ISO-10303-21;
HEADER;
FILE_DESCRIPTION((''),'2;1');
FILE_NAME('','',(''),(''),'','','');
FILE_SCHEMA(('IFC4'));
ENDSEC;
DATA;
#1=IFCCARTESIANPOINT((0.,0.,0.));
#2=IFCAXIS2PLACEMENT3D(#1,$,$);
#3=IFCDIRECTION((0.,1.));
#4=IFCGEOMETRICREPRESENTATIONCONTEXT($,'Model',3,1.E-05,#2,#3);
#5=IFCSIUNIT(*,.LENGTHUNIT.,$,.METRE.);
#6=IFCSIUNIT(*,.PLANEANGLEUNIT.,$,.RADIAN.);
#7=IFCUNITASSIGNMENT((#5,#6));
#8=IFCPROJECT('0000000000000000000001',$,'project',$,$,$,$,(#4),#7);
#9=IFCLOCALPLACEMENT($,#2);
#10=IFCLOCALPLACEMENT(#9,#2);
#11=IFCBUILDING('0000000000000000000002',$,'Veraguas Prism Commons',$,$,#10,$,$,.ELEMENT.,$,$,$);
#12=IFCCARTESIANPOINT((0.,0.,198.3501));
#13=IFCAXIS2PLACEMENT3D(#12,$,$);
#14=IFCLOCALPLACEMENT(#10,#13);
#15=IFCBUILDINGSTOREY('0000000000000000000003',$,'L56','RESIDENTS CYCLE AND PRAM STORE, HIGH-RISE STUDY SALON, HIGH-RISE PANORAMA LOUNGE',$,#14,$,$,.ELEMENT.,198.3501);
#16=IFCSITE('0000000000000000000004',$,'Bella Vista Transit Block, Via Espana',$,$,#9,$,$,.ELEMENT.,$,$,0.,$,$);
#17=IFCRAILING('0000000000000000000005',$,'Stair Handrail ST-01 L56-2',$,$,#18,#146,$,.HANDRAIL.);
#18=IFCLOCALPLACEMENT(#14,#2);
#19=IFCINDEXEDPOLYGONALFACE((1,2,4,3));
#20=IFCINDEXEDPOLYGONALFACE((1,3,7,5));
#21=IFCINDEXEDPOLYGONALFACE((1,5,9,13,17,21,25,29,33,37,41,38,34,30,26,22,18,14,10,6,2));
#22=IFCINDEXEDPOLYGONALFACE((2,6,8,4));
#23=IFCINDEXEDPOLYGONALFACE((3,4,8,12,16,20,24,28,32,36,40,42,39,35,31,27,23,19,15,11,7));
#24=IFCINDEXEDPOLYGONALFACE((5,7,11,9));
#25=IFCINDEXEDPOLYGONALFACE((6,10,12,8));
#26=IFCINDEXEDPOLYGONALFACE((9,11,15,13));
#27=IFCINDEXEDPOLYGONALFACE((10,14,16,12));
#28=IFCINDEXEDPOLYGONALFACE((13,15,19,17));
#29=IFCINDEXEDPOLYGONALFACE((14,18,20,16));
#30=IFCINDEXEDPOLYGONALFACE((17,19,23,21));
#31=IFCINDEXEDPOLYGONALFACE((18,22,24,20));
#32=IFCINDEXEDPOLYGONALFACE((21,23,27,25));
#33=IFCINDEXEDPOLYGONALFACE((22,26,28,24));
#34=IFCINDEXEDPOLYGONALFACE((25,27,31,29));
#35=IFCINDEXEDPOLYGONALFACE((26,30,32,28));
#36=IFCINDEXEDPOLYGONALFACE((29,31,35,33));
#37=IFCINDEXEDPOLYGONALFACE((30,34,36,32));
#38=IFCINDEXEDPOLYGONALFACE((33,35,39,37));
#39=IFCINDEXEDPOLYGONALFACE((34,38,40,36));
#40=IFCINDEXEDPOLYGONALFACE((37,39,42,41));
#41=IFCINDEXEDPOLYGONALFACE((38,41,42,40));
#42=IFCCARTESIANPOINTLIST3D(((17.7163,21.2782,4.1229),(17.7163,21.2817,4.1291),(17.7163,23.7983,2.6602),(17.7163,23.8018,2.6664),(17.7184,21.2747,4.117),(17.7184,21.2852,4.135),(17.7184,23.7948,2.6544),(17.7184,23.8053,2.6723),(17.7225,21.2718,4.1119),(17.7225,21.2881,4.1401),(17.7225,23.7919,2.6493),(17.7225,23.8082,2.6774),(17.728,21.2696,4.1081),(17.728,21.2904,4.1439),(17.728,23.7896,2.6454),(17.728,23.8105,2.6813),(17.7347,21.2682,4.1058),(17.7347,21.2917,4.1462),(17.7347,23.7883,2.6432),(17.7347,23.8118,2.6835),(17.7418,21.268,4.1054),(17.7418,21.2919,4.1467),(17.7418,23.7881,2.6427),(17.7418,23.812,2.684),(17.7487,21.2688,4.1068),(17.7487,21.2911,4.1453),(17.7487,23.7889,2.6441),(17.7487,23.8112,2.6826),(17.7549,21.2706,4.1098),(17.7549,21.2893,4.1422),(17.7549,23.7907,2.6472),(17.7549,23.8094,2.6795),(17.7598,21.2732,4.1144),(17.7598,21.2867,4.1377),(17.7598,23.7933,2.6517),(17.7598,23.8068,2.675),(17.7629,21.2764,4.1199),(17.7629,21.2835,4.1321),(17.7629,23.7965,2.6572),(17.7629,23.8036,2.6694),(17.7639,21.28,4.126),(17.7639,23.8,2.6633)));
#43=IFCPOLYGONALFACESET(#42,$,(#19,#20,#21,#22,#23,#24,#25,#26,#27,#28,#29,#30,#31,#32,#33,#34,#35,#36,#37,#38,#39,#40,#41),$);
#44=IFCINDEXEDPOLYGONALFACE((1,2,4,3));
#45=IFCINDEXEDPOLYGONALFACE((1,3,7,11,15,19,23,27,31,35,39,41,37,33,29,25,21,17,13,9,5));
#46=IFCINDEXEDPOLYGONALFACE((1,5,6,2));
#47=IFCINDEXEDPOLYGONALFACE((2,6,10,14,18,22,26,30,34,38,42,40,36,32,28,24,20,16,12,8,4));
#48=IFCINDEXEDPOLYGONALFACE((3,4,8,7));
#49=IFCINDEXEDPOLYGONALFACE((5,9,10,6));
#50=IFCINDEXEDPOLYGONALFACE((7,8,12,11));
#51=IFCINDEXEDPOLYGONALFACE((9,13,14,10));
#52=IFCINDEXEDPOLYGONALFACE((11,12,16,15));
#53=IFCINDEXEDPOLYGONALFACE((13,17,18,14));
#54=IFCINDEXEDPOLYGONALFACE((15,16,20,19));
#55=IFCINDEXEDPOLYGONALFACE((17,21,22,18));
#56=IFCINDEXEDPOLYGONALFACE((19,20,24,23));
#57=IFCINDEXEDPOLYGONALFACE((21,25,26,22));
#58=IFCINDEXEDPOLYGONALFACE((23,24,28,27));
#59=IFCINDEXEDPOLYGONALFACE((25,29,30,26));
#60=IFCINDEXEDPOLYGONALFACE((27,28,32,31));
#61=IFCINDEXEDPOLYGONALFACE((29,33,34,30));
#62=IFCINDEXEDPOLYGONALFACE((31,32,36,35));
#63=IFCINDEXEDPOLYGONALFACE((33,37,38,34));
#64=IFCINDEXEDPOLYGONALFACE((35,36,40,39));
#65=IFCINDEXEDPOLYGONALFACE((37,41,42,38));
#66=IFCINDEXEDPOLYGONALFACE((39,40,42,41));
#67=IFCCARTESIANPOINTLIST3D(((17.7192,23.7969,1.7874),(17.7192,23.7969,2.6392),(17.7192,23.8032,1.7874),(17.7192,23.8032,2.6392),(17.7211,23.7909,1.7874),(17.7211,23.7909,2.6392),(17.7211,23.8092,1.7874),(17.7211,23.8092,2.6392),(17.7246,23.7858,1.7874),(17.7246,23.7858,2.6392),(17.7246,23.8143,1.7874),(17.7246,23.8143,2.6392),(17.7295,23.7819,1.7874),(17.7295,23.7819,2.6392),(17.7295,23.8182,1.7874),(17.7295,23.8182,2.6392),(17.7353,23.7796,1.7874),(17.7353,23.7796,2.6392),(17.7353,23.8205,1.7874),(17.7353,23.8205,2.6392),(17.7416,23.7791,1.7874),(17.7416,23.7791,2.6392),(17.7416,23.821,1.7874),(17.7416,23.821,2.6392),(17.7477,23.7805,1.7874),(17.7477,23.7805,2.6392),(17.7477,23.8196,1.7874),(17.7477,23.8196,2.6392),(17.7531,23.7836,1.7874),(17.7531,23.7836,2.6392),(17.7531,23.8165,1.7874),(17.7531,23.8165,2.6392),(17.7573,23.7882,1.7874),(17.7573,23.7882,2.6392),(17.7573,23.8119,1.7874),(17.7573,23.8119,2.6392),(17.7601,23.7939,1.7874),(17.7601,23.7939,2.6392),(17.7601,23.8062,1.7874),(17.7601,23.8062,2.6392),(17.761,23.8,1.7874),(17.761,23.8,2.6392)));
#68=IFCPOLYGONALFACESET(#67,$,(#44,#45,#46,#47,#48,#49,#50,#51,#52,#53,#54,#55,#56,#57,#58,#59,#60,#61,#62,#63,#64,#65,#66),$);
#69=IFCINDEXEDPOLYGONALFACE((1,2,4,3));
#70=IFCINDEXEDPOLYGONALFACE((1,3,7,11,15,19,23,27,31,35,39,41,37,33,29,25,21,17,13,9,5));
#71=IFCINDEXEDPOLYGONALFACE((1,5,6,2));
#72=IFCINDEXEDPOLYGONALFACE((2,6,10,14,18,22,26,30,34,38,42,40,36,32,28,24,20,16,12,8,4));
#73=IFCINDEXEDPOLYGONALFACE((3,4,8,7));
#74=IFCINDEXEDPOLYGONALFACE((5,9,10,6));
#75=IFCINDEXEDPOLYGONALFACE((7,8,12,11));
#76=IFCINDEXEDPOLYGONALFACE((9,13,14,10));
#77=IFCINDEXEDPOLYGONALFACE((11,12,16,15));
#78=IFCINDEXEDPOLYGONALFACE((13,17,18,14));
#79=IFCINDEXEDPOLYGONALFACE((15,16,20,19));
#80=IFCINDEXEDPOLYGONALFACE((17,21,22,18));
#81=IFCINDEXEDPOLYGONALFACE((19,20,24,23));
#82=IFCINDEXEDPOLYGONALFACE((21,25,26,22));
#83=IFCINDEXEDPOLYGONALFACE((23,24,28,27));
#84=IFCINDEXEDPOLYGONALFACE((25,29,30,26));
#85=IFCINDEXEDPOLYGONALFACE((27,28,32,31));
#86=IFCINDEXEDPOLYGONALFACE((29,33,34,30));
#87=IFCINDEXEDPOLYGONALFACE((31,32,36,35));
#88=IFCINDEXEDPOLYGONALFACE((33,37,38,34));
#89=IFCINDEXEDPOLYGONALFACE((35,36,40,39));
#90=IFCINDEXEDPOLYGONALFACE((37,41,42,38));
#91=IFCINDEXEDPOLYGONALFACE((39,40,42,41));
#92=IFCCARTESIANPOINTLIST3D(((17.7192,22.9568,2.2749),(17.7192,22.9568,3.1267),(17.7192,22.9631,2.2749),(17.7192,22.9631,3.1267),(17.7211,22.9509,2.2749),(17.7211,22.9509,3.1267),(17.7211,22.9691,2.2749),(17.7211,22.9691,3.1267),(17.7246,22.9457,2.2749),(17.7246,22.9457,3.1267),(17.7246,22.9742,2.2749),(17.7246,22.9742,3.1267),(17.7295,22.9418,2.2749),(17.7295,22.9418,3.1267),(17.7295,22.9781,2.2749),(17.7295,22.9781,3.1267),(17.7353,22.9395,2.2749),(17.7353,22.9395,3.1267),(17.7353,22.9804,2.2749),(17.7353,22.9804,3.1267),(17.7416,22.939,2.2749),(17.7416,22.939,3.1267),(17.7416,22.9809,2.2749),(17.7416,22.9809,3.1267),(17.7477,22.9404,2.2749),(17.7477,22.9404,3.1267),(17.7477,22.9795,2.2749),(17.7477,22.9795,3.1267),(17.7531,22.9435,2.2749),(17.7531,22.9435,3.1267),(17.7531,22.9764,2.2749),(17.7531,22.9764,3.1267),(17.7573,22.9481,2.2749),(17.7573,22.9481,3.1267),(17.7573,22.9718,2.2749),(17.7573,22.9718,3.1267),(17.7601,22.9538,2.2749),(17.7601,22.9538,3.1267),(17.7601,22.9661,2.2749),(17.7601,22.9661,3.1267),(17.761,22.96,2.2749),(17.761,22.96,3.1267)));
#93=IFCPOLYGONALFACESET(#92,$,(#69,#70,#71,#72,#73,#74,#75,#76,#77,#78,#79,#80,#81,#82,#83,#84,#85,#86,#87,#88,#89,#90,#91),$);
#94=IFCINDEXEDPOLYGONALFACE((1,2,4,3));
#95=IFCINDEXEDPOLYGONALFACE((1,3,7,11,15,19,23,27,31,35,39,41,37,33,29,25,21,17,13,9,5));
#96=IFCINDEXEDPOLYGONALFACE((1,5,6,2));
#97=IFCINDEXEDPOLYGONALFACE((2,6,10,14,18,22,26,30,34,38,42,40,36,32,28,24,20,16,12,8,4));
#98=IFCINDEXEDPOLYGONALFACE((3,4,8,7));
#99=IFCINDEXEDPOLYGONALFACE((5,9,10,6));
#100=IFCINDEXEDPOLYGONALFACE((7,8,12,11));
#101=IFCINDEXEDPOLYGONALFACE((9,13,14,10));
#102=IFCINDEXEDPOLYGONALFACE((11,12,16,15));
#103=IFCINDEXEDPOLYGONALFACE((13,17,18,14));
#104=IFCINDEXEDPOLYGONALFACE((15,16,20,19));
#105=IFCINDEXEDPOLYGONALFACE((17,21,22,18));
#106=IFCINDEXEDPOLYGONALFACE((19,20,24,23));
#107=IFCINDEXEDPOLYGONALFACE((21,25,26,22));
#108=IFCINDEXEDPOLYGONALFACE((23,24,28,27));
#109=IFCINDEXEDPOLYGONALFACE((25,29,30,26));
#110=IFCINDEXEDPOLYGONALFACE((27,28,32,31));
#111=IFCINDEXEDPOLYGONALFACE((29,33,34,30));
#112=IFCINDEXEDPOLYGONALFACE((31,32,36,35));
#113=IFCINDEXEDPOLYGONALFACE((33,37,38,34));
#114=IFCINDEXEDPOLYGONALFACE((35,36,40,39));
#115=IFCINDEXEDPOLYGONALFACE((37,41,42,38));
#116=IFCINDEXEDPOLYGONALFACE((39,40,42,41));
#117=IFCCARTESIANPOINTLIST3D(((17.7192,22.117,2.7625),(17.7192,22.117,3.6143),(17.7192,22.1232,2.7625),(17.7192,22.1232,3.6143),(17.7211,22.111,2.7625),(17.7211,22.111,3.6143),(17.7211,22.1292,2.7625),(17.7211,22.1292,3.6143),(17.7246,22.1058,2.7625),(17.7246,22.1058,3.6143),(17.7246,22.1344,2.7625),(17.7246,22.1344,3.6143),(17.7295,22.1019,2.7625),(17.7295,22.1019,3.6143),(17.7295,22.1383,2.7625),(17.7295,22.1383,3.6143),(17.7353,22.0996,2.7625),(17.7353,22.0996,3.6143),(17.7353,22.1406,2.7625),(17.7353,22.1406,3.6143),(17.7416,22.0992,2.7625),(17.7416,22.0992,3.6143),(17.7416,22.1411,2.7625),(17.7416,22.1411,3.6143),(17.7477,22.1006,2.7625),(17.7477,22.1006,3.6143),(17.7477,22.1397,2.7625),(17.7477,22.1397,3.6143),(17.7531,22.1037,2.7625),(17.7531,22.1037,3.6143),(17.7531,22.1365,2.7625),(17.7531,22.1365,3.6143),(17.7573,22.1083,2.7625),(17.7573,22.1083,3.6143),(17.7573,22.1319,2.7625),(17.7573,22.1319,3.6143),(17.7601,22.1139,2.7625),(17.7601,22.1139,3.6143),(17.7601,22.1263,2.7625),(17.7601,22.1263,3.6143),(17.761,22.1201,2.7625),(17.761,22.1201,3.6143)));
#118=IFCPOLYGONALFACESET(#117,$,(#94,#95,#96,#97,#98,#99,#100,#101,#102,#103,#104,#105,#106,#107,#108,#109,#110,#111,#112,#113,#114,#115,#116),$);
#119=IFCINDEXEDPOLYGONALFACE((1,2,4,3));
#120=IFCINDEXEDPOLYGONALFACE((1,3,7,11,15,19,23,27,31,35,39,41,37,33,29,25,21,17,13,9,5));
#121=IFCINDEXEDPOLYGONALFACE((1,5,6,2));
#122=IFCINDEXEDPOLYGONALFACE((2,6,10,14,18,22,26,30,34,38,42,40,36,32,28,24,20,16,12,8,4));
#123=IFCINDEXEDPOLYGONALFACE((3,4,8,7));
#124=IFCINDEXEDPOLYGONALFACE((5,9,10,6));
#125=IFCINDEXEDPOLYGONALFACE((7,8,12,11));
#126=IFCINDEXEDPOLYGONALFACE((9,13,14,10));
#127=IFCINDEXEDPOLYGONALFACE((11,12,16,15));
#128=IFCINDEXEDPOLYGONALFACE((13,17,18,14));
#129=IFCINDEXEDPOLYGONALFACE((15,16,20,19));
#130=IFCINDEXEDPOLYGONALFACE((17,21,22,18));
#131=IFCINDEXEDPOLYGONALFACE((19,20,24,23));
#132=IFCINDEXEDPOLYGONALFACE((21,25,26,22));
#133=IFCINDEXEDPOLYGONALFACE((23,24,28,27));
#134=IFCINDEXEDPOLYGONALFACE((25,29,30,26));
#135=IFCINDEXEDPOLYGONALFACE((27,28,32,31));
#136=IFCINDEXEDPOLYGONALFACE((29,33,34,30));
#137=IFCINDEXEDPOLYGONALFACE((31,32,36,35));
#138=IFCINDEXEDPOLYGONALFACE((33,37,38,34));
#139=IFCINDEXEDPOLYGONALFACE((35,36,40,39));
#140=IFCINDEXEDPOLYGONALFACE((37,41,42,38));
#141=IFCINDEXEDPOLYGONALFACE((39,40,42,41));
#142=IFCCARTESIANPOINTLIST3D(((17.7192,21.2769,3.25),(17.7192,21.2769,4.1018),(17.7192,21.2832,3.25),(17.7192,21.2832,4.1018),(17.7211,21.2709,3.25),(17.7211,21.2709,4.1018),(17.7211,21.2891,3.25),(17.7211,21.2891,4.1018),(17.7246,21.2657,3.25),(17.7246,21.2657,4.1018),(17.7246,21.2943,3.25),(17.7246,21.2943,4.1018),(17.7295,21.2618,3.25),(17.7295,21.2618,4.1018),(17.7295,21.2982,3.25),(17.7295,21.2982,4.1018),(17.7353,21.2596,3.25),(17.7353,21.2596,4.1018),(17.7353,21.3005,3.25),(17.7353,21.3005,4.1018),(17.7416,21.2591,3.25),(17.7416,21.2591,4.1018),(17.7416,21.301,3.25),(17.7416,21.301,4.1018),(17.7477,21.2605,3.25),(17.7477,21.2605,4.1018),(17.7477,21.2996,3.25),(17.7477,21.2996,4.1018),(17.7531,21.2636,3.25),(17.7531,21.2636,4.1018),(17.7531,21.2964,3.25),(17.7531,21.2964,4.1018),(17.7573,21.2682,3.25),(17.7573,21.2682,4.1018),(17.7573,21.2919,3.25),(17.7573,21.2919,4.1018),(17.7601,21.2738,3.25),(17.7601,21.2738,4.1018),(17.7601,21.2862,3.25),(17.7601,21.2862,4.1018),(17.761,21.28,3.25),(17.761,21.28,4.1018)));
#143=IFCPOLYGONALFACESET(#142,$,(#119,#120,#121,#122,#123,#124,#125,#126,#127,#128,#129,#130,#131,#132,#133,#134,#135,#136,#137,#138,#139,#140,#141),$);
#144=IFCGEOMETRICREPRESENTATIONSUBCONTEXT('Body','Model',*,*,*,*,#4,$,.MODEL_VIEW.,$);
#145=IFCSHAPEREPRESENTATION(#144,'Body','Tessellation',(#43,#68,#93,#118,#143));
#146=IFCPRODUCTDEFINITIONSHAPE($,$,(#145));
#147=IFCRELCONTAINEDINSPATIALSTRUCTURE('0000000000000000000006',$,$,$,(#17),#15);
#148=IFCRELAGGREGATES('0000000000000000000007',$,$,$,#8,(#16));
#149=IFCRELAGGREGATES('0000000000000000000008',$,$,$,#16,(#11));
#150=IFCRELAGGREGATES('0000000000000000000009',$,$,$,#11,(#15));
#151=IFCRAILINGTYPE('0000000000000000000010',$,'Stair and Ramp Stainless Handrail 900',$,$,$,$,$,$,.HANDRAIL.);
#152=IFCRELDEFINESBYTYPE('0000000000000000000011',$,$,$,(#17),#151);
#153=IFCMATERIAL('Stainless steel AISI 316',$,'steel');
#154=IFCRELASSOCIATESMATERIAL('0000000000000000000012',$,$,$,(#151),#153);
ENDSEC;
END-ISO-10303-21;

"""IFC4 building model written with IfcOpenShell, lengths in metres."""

from ifc_helpers import new_model, si_unit, direction, frame, origin, origin_2d, place, context, subcontext, project, spatial, circle, extrude, material, type_object, element, save


model = new_model("IFC4")

# Units and contexts
model_context = context("Model", 3, precision=1e-05, world=origin(), true_north=direction((0.0, 1.0)))
body_context = subcontext(model_context, "Body", "Model", "MODEL_VIEW")
ifc_project = project(units=[si_unit("LENGTHUNIT", "METRE"), si_unit("PLANEANGLEUNIT", "RADIAN")], contexts=[model_context])

# Site, building, storey
site_placement = place(None, origin())
site = spatial("IfcSite", under=ifc_project, at=site_placement, Name="Bella Vista Transit Block, Via Espana", CompositionType="ELEMENT", RefElevation=0.0)
building_placement = place(site_placement, origin())
building = spatial("IfcBuilding", under=site, at=building_placement, Name="Veraguas Prism Commons", CompositionType="ELEMENT")
storey_placement = place(building_placement, frame((0.0, 0.0, 198.3501)))
storey = spatial("IfcBuildingStorey", under=building, at=storey_placement, Name="L56", Description="RESIDENTS CYCLE AND PRAM STORE, HIGH-RISE STUDY SALON, HIGH-RISE PANORAMA LOUNGE", CompositionType="ELEMENT", Elevation=198.3501)

# Shared definitions
ifc_material_1 = material(Name="Stainless steel AISI 316", Category="steel")

# Railing
railing_type_1 = type_object("IfcRailingType", Name="Stair and Ramp Stainless Handrail 900", PredefinedType="HANDRAIL", material=ifc_material_1)
railing_1_placement = place(storey_placement, frame((17.74, 23.8, 1.7874)))
element("IfcRailing", 1, at=railing_1_placement, inside=storey, type_object=railing_type_1, Name="Stair Handrail ST-01 L56-2", PredefinedType="HANDRAIL", context=body_context, shape_type="SweptSolid", body=[
    extrude(circle(Radius=0.0239, at=origin_2d()), frame((0.0, 0.0, 0.876), z_axis=(0.0, -0.864877, 0.501984), x_axis=(1.0, 0.0, 0.0)), (0.0, 0.0, 1.0), 2.9138),
    extrude(circle(Radius=0.021, at=origin_2d()), origin(), (0.0, 0.0, 1.0), 0.8518),
    extrude(circle(Radius=0.021, at=origin_2d()), frame((0.0, -0.8401, 0.4875)), (0.0, 0.0, 1.0), 0.8518),
    extrude(circle(Radius=0.021, at=origin_2d()), frame((0.0, -1.6799, 0.9751)), (0.0, 0.0, 1.0), 0.8518),
    extrude(circle(Radius=0.021, at=origin_2d()), frame((0.0, -2.52, 1.4626)), (0.0, 0.0, 1.0), 0.8518),
])

save(model, "model.ifc")
